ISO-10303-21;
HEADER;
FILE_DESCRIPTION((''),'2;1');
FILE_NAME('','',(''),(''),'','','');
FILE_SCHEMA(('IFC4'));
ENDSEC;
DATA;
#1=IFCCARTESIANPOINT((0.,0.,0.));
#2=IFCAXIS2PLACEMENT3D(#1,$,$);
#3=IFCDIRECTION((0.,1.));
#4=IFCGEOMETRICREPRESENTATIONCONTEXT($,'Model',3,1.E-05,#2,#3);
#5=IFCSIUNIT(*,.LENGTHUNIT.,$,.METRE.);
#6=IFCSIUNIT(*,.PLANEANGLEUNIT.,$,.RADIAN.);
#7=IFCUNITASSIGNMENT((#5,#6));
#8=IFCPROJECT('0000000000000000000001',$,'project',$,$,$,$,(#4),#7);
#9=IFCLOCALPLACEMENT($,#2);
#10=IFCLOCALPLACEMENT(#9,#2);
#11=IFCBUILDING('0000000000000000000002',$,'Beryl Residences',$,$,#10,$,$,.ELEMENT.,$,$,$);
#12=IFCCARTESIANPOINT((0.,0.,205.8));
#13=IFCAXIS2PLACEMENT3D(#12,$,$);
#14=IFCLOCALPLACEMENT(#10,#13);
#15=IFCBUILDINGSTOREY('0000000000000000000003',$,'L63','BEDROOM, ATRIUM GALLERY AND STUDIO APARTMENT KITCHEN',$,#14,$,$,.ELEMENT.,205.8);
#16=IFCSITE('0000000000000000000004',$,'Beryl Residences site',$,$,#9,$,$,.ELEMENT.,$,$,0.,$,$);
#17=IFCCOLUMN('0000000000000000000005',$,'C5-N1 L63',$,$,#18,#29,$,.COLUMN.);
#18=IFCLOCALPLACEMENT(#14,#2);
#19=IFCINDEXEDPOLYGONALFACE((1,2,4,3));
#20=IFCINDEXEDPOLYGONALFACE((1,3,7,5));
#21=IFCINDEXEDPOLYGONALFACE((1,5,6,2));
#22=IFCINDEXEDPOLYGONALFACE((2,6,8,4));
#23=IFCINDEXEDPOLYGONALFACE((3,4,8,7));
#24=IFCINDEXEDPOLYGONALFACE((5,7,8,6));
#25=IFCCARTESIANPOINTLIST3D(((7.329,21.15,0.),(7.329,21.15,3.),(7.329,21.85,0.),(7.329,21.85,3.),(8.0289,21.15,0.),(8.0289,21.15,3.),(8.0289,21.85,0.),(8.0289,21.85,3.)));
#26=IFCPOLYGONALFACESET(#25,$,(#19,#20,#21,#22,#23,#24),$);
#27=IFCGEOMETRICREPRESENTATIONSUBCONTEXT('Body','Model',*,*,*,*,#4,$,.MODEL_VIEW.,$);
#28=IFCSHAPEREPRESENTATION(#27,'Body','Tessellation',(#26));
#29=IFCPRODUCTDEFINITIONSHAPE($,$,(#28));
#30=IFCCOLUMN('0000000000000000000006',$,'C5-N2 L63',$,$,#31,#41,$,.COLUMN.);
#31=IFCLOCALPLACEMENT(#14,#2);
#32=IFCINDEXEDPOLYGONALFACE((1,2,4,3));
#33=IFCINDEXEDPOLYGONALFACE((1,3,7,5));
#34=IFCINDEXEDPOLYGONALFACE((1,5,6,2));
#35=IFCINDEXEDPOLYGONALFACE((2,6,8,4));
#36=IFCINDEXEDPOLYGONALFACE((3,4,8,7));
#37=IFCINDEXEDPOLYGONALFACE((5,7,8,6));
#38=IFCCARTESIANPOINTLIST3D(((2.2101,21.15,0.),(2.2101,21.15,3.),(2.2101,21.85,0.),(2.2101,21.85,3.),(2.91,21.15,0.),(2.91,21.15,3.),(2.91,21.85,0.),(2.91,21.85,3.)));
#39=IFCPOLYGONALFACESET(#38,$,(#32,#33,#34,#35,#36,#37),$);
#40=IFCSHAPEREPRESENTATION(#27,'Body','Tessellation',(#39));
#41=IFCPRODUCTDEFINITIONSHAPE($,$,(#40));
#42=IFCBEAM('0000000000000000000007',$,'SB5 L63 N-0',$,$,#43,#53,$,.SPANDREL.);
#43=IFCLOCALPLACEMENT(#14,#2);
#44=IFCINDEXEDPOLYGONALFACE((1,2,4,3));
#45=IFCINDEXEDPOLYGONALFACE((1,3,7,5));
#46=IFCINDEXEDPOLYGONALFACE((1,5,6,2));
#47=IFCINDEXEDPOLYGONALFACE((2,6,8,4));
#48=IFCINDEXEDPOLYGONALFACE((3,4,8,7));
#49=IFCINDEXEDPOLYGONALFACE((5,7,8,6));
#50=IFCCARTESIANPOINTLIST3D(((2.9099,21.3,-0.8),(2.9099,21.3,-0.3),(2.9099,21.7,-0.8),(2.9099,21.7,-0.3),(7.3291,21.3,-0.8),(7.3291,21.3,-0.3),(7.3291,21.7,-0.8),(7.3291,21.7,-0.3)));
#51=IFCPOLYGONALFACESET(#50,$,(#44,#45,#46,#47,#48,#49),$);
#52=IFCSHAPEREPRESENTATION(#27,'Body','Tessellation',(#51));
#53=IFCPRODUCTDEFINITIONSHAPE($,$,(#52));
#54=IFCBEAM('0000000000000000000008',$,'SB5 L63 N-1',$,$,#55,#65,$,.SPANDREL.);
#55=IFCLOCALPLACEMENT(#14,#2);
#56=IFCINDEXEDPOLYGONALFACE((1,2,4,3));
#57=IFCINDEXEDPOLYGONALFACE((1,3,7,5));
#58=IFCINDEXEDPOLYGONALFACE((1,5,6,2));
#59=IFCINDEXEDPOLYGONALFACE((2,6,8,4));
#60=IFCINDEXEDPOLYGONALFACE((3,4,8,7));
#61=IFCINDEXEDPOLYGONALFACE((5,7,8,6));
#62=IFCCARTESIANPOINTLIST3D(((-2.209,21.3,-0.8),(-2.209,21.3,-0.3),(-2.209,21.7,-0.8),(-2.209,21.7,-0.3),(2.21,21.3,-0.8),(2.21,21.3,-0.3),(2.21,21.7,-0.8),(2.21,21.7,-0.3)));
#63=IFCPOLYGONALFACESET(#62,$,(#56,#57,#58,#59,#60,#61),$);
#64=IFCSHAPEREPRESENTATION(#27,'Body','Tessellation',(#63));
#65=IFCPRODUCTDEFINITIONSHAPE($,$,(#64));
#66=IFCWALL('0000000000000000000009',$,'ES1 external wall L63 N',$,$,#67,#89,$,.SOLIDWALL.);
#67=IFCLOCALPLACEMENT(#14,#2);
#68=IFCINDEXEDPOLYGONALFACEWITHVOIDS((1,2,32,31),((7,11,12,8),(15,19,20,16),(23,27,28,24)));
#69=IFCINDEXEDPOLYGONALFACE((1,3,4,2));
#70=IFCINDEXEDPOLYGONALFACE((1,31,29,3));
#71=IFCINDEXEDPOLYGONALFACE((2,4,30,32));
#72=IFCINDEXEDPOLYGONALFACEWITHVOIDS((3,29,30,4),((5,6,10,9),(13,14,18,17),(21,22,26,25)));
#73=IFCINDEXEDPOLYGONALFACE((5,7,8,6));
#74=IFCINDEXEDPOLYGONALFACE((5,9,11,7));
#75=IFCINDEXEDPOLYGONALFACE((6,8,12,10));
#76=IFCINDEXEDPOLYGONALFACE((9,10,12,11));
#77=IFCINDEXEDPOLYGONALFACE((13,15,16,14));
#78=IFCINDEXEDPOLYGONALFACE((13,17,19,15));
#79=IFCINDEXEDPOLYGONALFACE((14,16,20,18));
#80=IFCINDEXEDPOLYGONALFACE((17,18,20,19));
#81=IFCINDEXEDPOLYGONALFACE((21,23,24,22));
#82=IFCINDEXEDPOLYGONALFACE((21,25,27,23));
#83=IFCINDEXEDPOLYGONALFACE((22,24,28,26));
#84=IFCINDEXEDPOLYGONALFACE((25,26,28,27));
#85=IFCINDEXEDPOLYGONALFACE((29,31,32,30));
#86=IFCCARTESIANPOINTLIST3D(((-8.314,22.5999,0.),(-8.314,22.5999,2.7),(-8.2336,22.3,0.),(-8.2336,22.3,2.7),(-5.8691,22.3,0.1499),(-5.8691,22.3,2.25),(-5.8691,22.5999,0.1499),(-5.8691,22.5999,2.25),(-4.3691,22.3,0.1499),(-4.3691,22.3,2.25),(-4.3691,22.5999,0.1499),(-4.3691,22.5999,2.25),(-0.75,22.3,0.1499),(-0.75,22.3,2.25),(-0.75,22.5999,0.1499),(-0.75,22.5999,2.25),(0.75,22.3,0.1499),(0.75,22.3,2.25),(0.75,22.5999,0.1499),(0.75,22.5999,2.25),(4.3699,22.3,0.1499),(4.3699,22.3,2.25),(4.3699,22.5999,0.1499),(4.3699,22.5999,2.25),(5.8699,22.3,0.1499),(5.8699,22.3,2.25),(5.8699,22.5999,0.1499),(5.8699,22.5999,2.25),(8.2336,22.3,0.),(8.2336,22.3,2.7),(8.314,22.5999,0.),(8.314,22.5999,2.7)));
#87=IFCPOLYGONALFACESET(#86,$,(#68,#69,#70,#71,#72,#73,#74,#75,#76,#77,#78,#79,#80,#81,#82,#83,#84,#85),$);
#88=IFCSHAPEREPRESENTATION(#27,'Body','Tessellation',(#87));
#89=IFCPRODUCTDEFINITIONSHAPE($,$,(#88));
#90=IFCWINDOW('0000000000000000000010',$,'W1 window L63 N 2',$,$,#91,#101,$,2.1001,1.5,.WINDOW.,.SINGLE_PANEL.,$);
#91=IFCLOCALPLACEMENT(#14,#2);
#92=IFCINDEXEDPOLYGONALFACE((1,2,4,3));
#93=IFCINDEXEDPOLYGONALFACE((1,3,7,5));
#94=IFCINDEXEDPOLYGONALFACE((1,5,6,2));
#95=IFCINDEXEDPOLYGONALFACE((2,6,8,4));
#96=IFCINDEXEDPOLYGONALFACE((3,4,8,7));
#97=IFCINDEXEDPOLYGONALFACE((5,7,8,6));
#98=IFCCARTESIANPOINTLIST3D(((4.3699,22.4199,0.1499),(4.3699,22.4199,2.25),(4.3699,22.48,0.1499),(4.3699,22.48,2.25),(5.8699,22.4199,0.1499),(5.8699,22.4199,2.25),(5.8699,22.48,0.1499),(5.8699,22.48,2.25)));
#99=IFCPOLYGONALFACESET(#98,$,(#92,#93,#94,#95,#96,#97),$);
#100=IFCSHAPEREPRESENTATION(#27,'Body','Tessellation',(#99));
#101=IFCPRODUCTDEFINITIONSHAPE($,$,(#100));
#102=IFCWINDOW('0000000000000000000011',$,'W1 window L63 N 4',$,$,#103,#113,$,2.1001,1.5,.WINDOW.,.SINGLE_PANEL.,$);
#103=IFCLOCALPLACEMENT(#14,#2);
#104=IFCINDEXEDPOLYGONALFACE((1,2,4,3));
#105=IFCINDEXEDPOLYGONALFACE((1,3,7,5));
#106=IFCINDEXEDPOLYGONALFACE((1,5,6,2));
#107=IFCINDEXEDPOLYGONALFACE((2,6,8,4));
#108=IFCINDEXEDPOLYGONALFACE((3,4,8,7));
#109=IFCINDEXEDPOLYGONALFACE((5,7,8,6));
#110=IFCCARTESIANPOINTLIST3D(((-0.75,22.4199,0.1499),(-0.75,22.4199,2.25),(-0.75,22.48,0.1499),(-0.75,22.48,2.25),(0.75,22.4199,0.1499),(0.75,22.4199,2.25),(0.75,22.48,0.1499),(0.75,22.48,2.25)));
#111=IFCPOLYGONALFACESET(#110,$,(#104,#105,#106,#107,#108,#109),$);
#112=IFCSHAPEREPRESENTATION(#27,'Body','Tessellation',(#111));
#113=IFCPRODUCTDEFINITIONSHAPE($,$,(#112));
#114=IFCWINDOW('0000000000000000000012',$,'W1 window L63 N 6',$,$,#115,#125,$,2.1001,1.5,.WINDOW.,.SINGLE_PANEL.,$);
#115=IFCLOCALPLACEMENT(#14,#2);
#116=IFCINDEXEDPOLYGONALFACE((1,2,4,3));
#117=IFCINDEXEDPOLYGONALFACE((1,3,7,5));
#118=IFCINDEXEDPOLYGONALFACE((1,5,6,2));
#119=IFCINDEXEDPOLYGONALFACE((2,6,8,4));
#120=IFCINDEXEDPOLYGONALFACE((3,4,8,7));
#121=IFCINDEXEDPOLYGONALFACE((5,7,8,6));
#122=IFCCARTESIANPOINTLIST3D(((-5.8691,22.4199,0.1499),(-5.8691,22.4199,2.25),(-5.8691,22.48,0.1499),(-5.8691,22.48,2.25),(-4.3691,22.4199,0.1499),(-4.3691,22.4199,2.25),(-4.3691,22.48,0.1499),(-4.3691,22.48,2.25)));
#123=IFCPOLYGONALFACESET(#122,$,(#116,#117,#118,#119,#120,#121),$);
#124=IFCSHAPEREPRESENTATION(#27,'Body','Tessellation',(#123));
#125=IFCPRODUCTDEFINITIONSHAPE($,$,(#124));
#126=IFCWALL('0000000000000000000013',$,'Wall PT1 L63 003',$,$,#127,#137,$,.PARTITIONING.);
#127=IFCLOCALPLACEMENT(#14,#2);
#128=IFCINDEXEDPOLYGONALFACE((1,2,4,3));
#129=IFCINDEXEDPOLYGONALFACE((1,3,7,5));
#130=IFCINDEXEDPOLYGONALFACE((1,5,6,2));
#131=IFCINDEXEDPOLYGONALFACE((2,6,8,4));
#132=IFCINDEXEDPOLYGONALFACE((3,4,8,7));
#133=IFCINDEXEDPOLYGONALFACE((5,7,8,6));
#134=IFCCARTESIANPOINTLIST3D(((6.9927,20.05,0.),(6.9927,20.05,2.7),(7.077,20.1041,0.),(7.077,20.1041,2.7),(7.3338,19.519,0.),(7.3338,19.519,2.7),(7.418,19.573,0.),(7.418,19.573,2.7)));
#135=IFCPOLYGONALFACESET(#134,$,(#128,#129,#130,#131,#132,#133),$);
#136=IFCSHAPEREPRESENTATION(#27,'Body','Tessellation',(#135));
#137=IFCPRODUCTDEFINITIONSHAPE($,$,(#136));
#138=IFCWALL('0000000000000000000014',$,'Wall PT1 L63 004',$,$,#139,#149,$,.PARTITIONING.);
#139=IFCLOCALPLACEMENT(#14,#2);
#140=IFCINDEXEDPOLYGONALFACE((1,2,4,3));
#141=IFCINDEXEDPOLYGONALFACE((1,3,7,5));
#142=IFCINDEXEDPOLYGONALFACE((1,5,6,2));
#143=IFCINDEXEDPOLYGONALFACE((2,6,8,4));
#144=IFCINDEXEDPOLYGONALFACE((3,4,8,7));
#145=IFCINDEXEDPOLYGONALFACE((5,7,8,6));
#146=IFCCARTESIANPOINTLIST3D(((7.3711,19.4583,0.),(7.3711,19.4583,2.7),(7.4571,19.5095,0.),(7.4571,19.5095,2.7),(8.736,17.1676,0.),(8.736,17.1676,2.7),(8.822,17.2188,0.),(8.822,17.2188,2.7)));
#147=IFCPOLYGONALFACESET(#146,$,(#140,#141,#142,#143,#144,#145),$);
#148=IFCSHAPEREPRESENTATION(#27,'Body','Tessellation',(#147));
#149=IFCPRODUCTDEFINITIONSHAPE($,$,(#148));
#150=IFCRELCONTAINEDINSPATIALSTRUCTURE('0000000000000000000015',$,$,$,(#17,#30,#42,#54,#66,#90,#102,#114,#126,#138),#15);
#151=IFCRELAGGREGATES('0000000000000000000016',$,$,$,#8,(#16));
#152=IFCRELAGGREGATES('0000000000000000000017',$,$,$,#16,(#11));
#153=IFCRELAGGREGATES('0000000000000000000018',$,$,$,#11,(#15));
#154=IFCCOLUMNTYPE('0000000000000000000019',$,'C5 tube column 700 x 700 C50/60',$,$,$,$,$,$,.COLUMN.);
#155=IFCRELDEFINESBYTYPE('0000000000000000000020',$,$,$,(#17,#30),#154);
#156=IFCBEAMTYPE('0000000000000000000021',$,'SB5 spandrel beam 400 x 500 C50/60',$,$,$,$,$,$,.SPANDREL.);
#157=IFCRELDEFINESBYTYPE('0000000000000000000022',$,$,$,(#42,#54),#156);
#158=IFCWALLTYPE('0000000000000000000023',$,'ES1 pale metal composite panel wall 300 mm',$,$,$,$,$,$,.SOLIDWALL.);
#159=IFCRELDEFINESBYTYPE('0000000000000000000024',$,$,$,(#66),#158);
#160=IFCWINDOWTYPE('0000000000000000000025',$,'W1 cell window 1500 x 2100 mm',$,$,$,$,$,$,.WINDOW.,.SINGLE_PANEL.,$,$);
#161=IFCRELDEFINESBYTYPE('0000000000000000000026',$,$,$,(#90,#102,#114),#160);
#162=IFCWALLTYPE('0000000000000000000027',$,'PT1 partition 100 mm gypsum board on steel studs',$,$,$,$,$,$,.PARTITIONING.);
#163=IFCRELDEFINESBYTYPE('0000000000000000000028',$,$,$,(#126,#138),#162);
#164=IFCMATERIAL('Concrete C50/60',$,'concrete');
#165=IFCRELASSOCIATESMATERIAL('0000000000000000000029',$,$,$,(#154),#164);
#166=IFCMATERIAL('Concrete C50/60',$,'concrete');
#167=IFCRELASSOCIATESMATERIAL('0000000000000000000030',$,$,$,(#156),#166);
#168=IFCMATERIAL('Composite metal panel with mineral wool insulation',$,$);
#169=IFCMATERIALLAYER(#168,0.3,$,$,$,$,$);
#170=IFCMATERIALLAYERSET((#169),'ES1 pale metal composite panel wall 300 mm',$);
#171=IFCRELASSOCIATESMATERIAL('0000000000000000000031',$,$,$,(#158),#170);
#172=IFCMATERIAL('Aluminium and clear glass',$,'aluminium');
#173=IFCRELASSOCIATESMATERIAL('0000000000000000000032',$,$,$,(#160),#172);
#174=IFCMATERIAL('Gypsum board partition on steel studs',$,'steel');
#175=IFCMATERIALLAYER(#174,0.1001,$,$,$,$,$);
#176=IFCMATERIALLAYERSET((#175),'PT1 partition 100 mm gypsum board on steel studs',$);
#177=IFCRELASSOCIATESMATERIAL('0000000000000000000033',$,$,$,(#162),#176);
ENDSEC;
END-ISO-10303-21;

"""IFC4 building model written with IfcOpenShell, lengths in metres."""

from ifc_helpers import new_model, si_unit, direction, frame, frame_2d, origin, origin_2d, place, context, subcontext, project, spatial, polyline, rectangle, outline, extrude, material, layer, layer_set, material_profile, profile_set, type_object, element, fill, save


model = new_model("IFC4")

# Units and contexts
model_context = context("Model", 3, precision=1e-05, world=origin(), true_north=direction((0.0, 1.0)))
body_context = subcontext(model_context, "Body", "Model", "MODEL_VIEW")
ifc_project = project(units=[si_unit("LENGTHUNIT", "METRE"), si_unit("PLANEANGLEUNIT", "RADIAN")], contexts=[model_context])

# Site, building, storey
site_placement = place(None, origin())
site = spatial("IfcSite", under=ifc_project, at=site_placement, Name="Beryl Residences site", CompositionType="ELEMENT", RefElevation=0.0)
building_placement = place(site_placement, origin())
building = spatial("IfcBuilding", under=site, at=building_placement, Name="Beryl Residences", CompositionType="ELEMENT")
storey_placement = place(building_placement, frame((0.0, 0.0, 205.8)))
storey = spatial("IfcBuildingStorey", under=building, at=storey_placement, Name="L63", Description="BEDROOM, ATRIUM GALLERY AND STUDIO APARTMENT KITCHEN", CompositionType="ELEMENT", Elevation=205.8)

# Columns
ifc_material_1 = material(Name="Concrete C50/60", Category="concrete")
ifc_material_profile_1 = material_profile(ifc_material_1, rectangle(XDim=0.7, YDim=0.7, at=origin_2d()))
ifc_profile_set_1 = profile_set([ifc_material_profile_1], Name="Concrete C50/60")
column_type = type_object("IfcColumnType", Name="C5 tube column 700 x 700 C50/60", PredefinedType="COLUMN", material=ifc_profile_set_1)
for number, where, z_axis, x_axis, name in (
    (1, (7.679, 21.5, 0.0), (0.0, 0.0, 1.0), (-1.0, 0.0, 0.0), "C5-N1 L63"),
    (2, (2.5601, 21.5, 0.0), (0.0, 0.0, 1.0), (-1.0, 0.0, 0.0), "C5-N2 L63"),
):
    element("IfcColumn", number, at=place(storey_placement, frame(where, z_axis=z_axis, x_axis=x_axis)), inside=storey, type_object=column_type, Name=name, PredefinedType="COLUMN", context=body_context, shape_type="SweptSolid", body=[
        extrude(rectangle(XDim=0.7, YDim=0.7, at=origin_2d()), origin(), (0.0, 0.0, 1.0), 3.0),
    ])

# Beams
ifc_material_2 = material(Name="Concrete C50/60", Category="concrete")
ifc_material_profile_2 = material_profile(ifc_material_2, rectangle(XDim=0.3999, YDim=0.5, at=origin_2d()))
ifc_profile_set_2 = profile_set([ifc_material_profile_2], Name="Concrete C50/60")
beam_type = type_object("IfcBeamType", Name="SB5 spandrel beam 400 x 500 C50/60", PredefinedType="SPANDREL", material=ifc_profile_set_2)
beam_1_placement = place(storey_placement, frame((7.3291, 21.5, -0.55), z_axis=(-1.0, 0.0, 0.0), x_axis=(0.0, -1.0, 0.0)))
element("IfcBeam", 3, at=beam_1_placement, inside=storey, type_object=beam_type, Name="SB5 L63 N-0", PredefinedType="SPANDREL", context=body_context, shape_type="SweptSolid", body=[
    extrude(rectangle(XDim=0.3999, YDim=0.5, at=origin_2d()), origin(), (0.0, 0.0, 1.0), 4.4192),
])
beam_2_placement = place(storey_placement, frame((2.21, 21.5, -0.55), z_axis=(-1.0, 0.0, 0.0), x_axis=(0.0, -1.0, 0.0)))
element("IfcBeam", 4, at=beam_2_placement, inside=storey, type_object=beam_type, Name="SB5 L63 N-1", PredefinedType="SPANDREL", context=body_context, shape_type="SweptSolid", body=[
    extrude(rectangle(XDim=0.3999, YDim=0.5, at=origin_2d()), origin(), (0.0, 0.0, 1.0), 4.4189),
])

# Wall, openings, windows
ifc_material_3 = material(Name="Composite metal panel with mineral wool insulation")
ifc_layer_1 = layer(ifc_material_3, 0.3)
ifc_layer_set_1 = layer_set([ifc_layer_1], Name="ES1 pale metal composite panel wall 300 mm")
wall_type_1 = type_object("IfcWallType", Name="ES1 pale metal composite panel wall 300 mm", PredefinedType="SOLIDWALL", material=ifc_layer_set_1)
wall_1_placement = place(storey_placement, frame((8.314, 22.45, 0.0), z_axis=(0.0, 0.0, 1.0), x_axis=(-1.0, 0.0, 0.0)))
wall_1 = element("IfcWall", 5, at=wall_1_placement, inside=storey, type_object=wall_type_1, Name="ES1 external wall L63 N", PredefinedType="SOLIDWALL", context=body_context, shape_type="SweptSolid", body=[
    extrude(outline(polyline([(0.0, -0.1499), (16.6279, -0.1499), (16.5476, 0.1499), (0.0803, 0.1499), (0.0, -0.1499)])), origin(), (0.0, 0.0, 1.0), 2.7),
])
opening_1_placement = place(wall_1_placement, frame((2.4441, 0.0, 0.1499)))
opening_1 = element("IfcOpeningElement", 6, at=opening_1_placement, cuts=wall_1, PredefinedType="OPENING", context=body_context, shape_type="SweptSolid", body=[
    extrude(rectangle(XDim=1.5, YDim=2.1001, at=frame_2d((0.75, 1.05))), frame((0.0, 0.1599, 0.0), z_axis=(0.0, -1.0, 0.0), x_axis=(1.0, 0.0, 0.0)), (0.0, 0.0, 1.0), 0.3201),
])
opening_2_placement = place(wall_1_placement, frame((7.564, 0.0, 0.1499)))
opening_2 = element("IfcOpeningElement", 7, at=opening_2_placement, cuts=wall_1, PredefinedType="OPENING", context=body_context, shape_type="SweptSolid", body=[
    extrude(rectangle(XDim=1.5, YDim=2.1001, at=frame_2d((0.75, 1.05))), frame((0.0, 0.1599, 0.0), z_axis=(0.0, -1.0, 0.0), x_axis=(1.0, 0.0, 0.0)), (0.0, 0.0, 1.0), 0.3201),
])
opening_3_placement = place(wall_1_placement, frame((12.6831, 0.0, 0.1499)))
opening_3 = element("IfcOpeningElement", 8, at=opening_3_placement, cuts=wall_1, PredefinedType="OPENING", context=body_context, shape_type="SweptSolid", body=[
    extrude(rectangle(XDim=1.5, YDim=2.1001, at=frame_2d((0.75, 1.05))), frame((0.0, 0.1599, 0.0), z_axis=(0.0, -1.0, 0.0), x_axis=(1.0, 0.0, 0.0)), (0.0, 0.0, 1.0), 0.3201),
])
ifc_material_4 = material(Name="Aluminium and clear glass", Category="aluminium")
window_type = type_object("IfcWindowType", Name="W1 cell window 1500 x 2100 mm", PartitioningType="SINGLE_PANEL", PredefinedType="WINDOW", material=ifc_material_4)
window_1_placement = place(opening_1_placement, origin())
window_1 = element("IfcWindow", 9, at=window_1_placement, inside=storey, type_object=window_type, Name="W1 window L63 N 2", OverallHeight=2.1001, OverallWidth=1.5, PartitioningType="SINGLE_PANEL", PredefinedType="WINDOW", context=body_context, shape_type="SweptSolid", body=[
    extrude(rectangle(XDim=1.5, YDim=2.1001, at=frame_2d((0.75, 1.05))), frame((0.0, 0.03, 0.0), z_axis=(0.0, -1.0, 0.0), x_axis=(1.0, 0.0, 0.0)), (0.0, 0.0, 1.0), 0.0601),
])
fill(opening_1, window_1)
window_2_placement = place(opening_2_placement, origin())
window_2 = element("IfcWindow", 10, at=window_2_placement, inside=storey, type_object=window_type, Name="W1 window L63 N 4", OverallHeight=2.1001, OverallWidth=1.5, PartitioningType="SINGLE_PANEL", PredefinedType="WINDOW", context=body_context, shape_type="SweptSolid", body=[
    extrude(rectangle(XDim=1.5, YDim=2.1001, at=frame_2d((0.75, 1.05))), frame((0.0, 0.03, 0.0), z_axis=(0.0, -1.0, 0.0), x_axis=(1.0, 0.0, 0.0)), (0.0, 0.0, 1.0), 0.0601),
])
fill(opening_2, window_2)
window_3_placement = place(opening_3_placement, origin())
window_3 = element("IfcWindow", 11, at=window_3_placement, inside=storey, type_object=window_type, Name="W1 window L63 N 6", OverallHeight=2.1001, OverallWidth=1.5, PartitioningType="SINGLE_PANEL", PredefinedType="WINDOW", context=body_context, shape_type="SweptSolid", body=[
    extrude(rectangle(XDim=1.5, YDim=2.1001, at=frame_2d((0.75, 1.05))), frame((0.0, 0.03, 0.0), z_axis=(0.0, -1.0, 0.0), x_axis=(1.0, 0.0, 0.0)), (0.0, 0.0, 1.0), 0.0601),
])
fill(opening_3, window_3)

# Walls
ifc_material_5 = material(Name="Gypsum board partition on steel studs", Category="steel")
ifc_layer_2 = layer(ifc_material_5, 0.1001)
ifc_layer_set_2 = layer_set([ifc_layer_2], Name="PT1 partition 100 mm gypsum board on steel studs")
wall_type_2 = type_object("IfcWallType", Name="PT1 partition 100 mm gypsum board on steel studs", PredefinedType="PARTITIONING", material=ifc_layer_set_2)
wall_2_placement = place(storey_placement, frame((7.0349, 20.0769, 0.0), z_axis=(0.0, 0.0, 1.0), x_axis=(0.540425, -0.841392, 0.0)))
element("IfcWall", 12, at=wall_2_placement, inside=storey, type_object=wall_type_2, Name="Wall PT1 L63 003", PredefinedType="PARTITIONING", context=body_context, shape_type="SweptSolid", body=[
    extrude(rectangle(XDim=0.6311, YDim=0.1001, at=frame_2d((0.3154, 0.0))), origin(), (0.0, 0.0, 1.0), 2.7),
])
wall_3_placement = place(storey_placement, frame((7.4141, 19.4839, 0.0), z_axis=(0.0, 0.0, 1.0), x_axis=(0.511881, -0.859056, 0.0)))
element("IfcWall", 13, at=wall_3_placement, inside=storey, type_object=wall_type_2, Name="Wall PT1 L63 004", PredefinedType="PARTITIONING", context=body_context, shape_type="SweptSolid", body=[
    extrude(rectangle(XDim=2.6665, YDim=0.1001, at=frame_2d((1.3333, 0.0))), origin(), (0.0, 0.0, 1.0), 2.7),
])

save(model, "model.ifc")
